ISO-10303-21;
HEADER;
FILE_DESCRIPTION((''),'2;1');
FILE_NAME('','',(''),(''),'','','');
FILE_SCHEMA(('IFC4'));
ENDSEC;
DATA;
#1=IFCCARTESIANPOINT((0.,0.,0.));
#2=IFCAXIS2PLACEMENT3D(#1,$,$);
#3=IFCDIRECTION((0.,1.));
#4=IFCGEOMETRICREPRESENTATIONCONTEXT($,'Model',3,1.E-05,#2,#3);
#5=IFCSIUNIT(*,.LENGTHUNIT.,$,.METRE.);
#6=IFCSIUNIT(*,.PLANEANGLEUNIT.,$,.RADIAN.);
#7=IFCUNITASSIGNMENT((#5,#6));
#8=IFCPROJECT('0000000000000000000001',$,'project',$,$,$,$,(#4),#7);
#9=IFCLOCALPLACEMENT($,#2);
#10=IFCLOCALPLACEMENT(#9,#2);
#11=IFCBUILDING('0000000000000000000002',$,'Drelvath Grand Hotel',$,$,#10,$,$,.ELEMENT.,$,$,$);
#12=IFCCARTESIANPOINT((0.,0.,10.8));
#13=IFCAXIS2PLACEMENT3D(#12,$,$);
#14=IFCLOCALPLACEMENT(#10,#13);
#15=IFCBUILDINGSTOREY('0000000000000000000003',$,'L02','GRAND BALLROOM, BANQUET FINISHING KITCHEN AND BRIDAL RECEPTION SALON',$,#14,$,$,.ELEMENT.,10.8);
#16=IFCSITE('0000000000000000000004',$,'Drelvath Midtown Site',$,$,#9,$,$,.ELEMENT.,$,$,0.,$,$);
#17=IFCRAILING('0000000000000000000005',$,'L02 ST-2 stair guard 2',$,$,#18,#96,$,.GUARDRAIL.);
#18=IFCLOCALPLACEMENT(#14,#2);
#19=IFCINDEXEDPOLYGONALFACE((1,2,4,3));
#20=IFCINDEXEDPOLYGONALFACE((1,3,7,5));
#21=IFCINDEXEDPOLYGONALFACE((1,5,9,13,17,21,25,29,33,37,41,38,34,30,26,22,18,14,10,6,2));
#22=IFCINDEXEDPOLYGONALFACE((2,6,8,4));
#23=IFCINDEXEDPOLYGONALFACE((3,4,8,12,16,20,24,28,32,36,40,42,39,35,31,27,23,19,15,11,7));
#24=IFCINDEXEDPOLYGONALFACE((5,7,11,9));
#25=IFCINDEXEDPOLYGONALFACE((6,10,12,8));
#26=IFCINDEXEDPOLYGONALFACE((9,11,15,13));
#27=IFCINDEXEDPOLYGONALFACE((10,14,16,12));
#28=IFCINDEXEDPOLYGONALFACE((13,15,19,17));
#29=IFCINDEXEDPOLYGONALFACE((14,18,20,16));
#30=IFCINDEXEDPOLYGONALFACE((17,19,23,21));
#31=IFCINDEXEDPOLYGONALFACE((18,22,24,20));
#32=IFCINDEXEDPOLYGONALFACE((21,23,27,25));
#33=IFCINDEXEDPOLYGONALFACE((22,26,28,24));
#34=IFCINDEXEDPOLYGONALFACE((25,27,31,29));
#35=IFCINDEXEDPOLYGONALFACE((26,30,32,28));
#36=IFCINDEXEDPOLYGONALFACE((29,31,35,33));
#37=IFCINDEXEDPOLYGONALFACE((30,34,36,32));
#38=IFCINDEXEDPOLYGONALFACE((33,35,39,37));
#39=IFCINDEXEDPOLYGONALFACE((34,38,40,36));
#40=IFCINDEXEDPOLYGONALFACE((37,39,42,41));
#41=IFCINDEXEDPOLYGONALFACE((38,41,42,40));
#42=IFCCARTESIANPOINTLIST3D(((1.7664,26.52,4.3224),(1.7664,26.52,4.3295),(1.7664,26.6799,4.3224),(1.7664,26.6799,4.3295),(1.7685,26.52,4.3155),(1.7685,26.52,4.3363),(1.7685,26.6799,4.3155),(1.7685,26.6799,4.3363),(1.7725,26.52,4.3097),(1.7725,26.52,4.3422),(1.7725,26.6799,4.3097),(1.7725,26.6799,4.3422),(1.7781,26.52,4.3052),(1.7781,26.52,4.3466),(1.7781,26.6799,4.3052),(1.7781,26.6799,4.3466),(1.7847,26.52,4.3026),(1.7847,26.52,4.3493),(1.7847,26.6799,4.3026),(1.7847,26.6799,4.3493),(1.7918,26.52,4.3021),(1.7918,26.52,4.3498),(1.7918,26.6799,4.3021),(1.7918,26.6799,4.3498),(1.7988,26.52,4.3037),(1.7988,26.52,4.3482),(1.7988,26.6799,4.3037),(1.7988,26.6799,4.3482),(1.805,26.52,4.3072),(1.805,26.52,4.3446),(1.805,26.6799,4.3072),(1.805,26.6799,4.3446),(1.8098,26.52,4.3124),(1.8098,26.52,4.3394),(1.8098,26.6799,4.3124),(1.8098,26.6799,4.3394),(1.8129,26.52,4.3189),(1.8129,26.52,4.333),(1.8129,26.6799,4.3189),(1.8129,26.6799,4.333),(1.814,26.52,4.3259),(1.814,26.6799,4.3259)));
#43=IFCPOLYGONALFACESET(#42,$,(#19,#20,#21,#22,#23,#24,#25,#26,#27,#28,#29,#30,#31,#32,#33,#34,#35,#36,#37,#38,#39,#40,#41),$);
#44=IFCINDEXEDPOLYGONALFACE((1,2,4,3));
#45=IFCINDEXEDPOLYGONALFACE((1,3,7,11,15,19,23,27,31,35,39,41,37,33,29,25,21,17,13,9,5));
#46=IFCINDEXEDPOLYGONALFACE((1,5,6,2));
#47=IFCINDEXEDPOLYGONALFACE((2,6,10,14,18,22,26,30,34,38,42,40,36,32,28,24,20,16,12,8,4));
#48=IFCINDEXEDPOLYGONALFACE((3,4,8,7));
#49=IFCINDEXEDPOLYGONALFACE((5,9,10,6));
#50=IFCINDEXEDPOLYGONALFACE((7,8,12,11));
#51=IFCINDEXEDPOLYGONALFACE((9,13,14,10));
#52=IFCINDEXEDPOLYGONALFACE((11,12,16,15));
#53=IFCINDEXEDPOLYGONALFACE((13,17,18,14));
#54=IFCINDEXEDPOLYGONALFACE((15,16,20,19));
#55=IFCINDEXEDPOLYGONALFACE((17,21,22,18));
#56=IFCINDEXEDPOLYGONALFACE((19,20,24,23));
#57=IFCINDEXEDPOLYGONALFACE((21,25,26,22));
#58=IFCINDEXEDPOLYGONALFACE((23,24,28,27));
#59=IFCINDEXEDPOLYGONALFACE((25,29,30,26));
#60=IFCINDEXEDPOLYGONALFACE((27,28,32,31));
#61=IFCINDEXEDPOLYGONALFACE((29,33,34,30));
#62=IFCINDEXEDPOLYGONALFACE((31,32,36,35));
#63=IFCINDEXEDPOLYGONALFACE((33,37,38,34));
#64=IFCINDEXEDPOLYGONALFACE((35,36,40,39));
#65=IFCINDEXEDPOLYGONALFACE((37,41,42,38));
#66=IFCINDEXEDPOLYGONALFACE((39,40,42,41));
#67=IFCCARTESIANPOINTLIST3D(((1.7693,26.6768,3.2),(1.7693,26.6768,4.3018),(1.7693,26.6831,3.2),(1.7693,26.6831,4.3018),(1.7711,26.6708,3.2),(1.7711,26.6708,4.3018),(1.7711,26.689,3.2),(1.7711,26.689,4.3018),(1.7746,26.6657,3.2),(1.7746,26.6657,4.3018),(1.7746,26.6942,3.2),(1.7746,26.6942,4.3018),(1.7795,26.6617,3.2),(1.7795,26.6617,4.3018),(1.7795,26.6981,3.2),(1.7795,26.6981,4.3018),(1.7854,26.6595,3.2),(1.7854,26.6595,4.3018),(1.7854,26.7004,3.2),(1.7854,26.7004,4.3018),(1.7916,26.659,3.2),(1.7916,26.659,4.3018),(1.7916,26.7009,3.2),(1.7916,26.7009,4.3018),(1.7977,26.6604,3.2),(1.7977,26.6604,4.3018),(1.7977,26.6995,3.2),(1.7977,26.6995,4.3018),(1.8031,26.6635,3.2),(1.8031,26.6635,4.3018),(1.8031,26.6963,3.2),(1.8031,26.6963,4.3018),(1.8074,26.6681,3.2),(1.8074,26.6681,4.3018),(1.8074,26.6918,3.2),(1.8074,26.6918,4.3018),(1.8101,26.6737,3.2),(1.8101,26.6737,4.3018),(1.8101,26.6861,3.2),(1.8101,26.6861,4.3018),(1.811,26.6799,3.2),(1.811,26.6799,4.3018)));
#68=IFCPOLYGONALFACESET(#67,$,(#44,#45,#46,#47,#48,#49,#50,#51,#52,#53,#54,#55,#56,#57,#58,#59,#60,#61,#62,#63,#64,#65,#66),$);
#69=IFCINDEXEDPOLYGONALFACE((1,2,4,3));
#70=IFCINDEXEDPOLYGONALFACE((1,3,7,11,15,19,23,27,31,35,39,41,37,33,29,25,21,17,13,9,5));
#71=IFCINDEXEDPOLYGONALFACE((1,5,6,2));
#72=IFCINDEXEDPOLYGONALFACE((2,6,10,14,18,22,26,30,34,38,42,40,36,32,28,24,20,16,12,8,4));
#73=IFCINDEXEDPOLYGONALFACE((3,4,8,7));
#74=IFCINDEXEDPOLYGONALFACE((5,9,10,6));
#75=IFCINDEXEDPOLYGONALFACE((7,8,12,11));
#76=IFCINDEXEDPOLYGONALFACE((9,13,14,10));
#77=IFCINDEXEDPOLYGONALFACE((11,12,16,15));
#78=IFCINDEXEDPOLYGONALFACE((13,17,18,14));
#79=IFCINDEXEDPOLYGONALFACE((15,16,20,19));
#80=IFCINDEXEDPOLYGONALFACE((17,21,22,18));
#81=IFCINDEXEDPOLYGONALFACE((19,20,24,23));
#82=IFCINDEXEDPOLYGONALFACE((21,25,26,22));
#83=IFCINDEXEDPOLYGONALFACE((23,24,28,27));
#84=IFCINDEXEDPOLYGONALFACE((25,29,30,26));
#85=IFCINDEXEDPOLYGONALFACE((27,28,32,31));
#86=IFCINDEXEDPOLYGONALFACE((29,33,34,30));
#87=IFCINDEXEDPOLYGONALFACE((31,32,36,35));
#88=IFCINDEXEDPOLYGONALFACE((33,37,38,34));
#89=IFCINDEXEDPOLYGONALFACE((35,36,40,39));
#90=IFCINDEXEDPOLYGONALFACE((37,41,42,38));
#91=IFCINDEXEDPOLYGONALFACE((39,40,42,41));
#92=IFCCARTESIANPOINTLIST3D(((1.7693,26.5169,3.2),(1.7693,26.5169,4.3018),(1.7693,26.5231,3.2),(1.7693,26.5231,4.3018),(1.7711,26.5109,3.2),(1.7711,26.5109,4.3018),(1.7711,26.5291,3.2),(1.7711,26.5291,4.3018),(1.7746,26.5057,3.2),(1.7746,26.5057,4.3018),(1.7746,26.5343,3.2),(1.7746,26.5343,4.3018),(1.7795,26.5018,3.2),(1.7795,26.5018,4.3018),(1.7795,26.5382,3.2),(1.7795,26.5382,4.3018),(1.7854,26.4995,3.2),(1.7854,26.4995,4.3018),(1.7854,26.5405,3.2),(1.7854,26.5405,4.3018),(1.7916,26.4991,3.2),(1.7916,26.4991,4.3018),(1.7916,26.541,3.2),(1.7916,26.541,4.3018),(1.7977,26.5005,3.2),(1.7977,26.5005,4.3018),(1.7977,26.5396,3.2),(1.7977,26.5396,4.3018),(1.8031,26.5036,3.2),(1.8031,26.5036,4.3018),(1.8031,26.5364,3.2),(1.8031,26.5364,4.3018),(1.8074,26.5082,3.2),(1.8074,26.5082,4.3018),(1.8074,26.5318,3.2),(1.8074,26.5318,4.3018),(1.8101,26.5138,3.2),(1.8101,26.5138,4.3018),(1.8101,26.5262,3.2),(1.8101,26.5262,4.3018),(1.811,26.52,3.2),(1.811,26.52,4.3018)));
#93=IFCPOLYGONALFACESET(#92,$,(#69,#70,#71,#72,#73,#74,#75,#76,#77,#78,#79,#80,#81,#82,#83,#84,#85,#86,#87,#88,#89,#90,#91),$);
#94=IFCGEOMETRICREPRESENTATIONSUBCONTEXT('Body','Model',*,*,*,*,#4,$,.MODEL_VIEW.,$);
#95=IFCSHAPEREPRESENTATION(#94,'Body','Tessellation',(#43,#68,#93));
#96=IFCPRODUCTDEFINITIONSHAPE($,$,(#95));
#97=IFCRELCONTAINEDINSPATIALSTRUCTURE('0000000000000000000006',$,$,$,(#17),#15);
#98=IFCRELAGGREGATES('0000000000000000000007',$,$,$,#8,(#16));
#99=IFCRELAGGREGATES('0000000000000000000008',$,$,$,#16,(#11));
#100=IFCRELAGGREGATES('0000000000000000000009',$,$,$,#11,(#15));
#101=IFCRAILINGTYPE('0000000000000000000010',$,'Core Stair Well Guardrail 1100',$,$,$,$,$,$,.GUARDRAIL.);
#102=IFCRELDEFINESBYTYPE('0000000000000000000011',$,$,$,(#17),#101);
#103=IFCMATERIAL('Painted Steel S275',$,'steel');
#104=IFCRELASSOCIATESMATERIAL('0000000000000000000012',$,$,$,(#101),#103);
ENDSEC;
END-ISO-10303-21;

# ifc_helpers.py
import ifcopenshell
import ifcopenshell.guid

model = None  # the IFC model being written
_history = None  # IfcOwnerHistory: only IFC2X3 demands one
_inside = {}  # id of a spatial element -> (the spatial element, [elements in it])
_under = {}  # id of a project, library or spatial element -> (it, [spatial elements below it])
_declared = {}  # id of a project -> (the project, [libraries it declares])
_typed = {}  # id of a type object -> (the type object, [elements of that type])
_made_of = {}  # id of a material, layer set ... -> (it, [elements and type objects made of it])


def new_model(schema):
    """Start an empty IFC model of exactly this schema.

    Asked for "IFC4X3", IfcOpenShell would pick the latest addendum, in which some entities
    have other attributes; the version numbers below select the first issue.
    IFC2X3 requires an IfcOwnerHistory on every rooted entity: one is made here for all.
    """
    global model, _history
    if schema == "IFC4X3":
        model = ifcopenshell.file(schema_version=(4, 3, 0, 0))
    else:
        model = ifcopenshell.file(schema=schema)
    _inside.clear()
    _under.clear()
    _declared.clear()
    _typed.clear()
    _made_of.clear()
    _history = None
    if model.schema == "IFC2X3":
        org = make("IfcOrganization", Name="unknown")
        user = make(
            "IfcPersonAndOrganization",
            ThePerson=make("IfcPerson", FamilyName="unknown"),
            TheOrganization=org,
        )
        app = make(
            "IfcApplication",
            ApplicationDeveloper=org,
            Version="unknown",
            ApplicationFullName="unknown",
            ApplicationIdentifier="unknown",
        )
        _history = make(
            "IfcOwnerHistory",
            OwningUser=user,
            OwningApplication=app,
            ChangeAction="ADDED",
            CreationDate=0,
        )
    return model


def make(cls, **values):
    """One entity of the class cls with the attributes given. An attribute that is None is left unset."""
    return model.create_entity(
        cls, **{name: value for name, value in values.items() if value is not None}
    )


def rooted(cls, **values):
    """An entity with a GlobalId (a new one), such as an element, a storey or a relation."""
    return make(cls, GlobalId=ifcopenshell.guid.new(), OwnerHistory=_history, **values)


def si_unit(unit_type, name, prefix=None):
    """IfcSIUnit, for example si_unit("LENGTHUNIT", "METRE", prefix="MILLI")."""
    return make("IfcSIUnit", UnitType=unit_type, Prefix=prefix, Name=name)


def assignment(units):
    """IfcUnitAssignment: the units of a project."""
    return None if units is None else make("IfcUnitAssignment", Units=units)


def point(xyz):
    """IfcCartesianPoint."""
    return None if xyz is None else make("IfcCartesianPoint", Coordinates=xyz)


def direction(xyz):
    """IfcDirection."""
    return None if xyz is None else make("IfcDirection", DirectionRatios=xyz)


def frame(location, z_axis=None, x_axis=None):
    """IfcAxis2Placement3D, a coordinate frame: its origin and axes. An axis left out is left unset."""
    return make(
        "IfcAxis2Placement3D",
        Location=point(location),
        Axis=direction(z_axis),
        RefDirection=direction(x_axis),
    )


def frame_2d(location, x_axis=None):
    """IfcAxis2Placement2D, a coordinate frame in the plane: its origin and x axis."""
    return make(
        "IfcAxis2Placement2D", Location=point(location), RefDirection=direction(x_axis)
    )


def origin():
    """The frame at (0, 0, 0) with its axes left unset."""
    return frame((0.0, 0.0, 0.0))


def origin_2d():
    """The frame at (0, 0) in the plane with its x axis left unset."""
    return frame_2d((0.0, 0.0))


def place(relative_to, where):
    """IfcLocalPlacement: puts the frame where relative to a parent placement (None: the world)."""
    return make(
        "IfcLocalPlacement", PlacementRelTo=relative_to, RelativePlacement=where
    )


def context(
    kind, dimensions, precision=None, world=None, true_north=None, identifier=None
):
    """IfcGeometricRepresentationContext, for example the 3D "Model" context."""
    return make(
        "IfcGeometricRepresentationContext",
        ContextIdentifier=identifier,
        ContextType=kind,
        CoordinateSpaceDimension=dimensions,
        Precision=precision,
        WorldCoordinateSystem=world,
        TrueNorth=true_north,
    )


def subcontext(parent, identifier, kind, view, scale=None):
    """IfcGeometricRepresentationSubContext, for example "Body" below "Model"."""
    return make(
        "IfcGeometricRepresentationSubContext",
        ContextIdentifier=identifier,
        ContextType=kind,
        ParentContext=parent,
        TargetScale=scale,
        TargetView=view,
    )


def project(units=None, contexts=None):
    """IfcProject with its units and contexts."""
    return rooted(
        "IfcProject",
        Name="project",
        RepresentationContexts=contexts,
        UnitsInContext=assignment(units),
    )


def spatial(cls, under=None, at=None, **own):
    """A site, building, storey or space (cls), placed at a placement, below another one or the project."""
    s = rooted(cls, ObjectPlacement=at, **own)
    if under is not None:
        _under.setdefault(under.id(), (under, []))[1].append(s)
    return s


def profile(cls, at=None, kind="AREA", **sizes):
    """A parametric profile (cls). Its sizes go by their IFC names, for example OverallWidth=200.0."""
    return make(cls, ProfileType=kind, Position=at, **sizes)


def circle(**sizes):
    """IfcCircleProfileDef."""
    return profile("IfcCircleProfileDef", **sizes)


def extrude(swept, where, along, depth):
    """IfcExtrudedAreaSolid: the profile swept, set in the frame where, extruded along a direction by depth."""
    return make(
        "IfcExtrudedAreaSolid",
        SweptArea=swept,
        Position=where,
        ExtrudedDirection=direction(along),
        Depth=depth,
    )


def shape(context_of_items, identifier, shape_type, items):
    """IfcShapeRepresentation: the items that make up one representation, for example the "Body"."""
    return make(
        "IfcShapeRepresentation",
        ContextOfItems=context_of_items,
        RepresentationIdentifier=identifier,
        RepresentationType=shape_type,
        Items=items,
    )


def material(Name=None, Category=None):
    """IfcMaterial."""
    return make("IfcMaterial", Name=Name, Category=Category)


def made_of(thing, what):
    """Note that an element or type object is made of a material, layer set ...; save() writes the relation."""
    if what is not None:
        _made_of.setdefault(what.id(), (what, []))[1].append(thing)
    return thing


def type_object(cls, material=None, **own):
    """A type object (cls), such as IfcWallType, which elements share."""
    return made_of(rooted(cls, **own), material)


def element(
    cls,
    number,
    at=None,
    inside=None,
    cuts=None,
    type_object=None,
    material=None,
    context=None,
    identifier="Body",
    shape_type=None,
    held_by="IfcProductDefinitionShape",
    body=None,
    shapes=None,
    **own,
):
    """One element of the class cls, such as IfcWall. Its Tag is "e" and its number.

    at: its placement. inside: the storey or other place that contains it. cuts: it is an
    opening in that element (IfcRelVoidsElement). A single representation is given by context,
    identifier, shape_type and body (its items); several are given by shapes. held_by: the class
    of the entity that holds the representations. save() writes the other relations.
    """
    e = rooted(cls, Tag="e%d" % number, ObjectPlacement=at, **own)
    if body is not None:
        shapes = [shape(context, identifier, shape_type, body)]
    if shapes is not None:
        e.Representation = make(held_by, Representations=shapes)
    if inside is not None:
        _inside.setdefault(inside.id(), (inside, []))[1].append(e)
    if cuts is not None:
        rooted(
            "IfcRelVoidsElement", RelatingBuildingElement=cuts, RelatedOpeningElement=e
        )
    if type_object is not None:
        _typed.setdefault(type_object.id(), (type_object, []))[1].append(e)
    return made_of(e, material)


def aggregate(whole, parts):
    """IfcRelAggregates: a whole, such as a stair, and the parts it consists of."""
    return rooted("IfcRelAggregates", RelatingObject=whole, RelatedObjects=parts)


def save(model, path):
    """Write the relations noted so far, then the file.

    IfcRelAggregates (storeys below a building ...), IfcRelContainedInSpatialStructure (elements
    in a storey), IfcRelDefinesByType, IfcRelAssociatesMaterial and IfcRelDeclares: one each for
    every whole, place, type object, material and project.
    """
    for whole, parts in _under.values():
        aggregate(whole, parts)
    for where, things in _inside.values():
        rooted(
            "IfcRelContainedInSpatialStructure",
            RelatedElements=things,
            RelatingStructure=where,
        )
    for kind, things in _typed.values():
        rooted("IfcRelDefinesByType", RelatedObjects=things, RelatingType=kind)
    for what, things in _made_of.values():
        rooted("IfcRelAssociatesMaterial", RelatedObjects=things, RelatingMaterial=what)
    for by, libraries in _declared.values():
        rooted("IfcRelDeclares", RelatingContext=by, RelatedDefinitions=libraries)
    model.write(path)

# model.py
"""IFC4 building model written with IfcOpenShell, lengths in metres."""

from ifc_helpers import new_model, si_unit, direction, frame, origin, origin_2d, place, context, subcontext, project, spatial, circle, extrude, material, type_object, element, save


model = new_model("IFC4")

# Units and contexts
model_context = context("Model", 3, precision=1e-05, world=origin(), true_north=direction((0.0, 1.0)))
body_context = subcontext(model_context, "Body", "Model", "MODEL_VIEW")
ifc_project = project(units=[si_unit("LENGTHUNIT", "METRE"), si_unit("PLANEANGLEUNIT", "RADIAN")], contexts=[model_context])

# Site, building, storey
site_placement = place(None, origin())
site = spatial("IfcSite", under=ifc_project, at=site_placement, Name="Drelvath Midtown Site", CompositionType="ELEMENT", RefElevation=0.0)
building_placement = place(site_placement, origin())
building = spatial("IfcBuilding", under=site, at=building_placement, Name="Drelvath Grand Hotel", CompositionType="ELEMENT")
storey_placement = place(building_placement, frame((0.0, 0.0, 10.8)))
storey = spatial("IfcBuildingStorey", under=building, at=storey_placement, Name="L02", Description="GRAND BALLROOM, BANQUET FINISHING KITCHEN AND BRIDAL RECEPTION SALON", CompositionType="ELEMENT", Elevation=10.8)

# Shared definitions
ifc_material_1 = material(Name="Painted Steel S275", Category="steel")

# Railing
railing_type_1 = type_object("IfcRailingType", Name="Core Stair Well Guardrail 1100", PredefinedType="GUARDRAIL", material=ifc_material_1)
railing_1_placement = place(storey_placement, frame((1.79, 26.6799, 3.2)))
element("IfcRailing", 1, at=railing_1_placement, inside=storey, type_object=railing_type_1, Name="L02 ST-2 stair guard 2", PredefinedType="GUARDRAIL", context=body_context, shape_type="SweptSolid", body=[
    extrude(circle(Radius=0.0239, at=origin_2d()), frame((0.0, 0.0, 1.126), z_axis=(0.0, -1.0, 0.0), x_axis=(1.0, 0.0, 0.0)), (0.0, 0.0, 1.0), 0.1599),
    extrude(circle(Radius=0.021, at=origin_2d()), origin(), (0.0, 0.0, 1.0), 1.1018),
    extrude(circle(Radius=0.021, at=origin_2d()), frame((0.0, -0.1599, 0.0)), (0.0, 0.0, 1.0), 1.1018),
])

save(model, "model.ifc")
